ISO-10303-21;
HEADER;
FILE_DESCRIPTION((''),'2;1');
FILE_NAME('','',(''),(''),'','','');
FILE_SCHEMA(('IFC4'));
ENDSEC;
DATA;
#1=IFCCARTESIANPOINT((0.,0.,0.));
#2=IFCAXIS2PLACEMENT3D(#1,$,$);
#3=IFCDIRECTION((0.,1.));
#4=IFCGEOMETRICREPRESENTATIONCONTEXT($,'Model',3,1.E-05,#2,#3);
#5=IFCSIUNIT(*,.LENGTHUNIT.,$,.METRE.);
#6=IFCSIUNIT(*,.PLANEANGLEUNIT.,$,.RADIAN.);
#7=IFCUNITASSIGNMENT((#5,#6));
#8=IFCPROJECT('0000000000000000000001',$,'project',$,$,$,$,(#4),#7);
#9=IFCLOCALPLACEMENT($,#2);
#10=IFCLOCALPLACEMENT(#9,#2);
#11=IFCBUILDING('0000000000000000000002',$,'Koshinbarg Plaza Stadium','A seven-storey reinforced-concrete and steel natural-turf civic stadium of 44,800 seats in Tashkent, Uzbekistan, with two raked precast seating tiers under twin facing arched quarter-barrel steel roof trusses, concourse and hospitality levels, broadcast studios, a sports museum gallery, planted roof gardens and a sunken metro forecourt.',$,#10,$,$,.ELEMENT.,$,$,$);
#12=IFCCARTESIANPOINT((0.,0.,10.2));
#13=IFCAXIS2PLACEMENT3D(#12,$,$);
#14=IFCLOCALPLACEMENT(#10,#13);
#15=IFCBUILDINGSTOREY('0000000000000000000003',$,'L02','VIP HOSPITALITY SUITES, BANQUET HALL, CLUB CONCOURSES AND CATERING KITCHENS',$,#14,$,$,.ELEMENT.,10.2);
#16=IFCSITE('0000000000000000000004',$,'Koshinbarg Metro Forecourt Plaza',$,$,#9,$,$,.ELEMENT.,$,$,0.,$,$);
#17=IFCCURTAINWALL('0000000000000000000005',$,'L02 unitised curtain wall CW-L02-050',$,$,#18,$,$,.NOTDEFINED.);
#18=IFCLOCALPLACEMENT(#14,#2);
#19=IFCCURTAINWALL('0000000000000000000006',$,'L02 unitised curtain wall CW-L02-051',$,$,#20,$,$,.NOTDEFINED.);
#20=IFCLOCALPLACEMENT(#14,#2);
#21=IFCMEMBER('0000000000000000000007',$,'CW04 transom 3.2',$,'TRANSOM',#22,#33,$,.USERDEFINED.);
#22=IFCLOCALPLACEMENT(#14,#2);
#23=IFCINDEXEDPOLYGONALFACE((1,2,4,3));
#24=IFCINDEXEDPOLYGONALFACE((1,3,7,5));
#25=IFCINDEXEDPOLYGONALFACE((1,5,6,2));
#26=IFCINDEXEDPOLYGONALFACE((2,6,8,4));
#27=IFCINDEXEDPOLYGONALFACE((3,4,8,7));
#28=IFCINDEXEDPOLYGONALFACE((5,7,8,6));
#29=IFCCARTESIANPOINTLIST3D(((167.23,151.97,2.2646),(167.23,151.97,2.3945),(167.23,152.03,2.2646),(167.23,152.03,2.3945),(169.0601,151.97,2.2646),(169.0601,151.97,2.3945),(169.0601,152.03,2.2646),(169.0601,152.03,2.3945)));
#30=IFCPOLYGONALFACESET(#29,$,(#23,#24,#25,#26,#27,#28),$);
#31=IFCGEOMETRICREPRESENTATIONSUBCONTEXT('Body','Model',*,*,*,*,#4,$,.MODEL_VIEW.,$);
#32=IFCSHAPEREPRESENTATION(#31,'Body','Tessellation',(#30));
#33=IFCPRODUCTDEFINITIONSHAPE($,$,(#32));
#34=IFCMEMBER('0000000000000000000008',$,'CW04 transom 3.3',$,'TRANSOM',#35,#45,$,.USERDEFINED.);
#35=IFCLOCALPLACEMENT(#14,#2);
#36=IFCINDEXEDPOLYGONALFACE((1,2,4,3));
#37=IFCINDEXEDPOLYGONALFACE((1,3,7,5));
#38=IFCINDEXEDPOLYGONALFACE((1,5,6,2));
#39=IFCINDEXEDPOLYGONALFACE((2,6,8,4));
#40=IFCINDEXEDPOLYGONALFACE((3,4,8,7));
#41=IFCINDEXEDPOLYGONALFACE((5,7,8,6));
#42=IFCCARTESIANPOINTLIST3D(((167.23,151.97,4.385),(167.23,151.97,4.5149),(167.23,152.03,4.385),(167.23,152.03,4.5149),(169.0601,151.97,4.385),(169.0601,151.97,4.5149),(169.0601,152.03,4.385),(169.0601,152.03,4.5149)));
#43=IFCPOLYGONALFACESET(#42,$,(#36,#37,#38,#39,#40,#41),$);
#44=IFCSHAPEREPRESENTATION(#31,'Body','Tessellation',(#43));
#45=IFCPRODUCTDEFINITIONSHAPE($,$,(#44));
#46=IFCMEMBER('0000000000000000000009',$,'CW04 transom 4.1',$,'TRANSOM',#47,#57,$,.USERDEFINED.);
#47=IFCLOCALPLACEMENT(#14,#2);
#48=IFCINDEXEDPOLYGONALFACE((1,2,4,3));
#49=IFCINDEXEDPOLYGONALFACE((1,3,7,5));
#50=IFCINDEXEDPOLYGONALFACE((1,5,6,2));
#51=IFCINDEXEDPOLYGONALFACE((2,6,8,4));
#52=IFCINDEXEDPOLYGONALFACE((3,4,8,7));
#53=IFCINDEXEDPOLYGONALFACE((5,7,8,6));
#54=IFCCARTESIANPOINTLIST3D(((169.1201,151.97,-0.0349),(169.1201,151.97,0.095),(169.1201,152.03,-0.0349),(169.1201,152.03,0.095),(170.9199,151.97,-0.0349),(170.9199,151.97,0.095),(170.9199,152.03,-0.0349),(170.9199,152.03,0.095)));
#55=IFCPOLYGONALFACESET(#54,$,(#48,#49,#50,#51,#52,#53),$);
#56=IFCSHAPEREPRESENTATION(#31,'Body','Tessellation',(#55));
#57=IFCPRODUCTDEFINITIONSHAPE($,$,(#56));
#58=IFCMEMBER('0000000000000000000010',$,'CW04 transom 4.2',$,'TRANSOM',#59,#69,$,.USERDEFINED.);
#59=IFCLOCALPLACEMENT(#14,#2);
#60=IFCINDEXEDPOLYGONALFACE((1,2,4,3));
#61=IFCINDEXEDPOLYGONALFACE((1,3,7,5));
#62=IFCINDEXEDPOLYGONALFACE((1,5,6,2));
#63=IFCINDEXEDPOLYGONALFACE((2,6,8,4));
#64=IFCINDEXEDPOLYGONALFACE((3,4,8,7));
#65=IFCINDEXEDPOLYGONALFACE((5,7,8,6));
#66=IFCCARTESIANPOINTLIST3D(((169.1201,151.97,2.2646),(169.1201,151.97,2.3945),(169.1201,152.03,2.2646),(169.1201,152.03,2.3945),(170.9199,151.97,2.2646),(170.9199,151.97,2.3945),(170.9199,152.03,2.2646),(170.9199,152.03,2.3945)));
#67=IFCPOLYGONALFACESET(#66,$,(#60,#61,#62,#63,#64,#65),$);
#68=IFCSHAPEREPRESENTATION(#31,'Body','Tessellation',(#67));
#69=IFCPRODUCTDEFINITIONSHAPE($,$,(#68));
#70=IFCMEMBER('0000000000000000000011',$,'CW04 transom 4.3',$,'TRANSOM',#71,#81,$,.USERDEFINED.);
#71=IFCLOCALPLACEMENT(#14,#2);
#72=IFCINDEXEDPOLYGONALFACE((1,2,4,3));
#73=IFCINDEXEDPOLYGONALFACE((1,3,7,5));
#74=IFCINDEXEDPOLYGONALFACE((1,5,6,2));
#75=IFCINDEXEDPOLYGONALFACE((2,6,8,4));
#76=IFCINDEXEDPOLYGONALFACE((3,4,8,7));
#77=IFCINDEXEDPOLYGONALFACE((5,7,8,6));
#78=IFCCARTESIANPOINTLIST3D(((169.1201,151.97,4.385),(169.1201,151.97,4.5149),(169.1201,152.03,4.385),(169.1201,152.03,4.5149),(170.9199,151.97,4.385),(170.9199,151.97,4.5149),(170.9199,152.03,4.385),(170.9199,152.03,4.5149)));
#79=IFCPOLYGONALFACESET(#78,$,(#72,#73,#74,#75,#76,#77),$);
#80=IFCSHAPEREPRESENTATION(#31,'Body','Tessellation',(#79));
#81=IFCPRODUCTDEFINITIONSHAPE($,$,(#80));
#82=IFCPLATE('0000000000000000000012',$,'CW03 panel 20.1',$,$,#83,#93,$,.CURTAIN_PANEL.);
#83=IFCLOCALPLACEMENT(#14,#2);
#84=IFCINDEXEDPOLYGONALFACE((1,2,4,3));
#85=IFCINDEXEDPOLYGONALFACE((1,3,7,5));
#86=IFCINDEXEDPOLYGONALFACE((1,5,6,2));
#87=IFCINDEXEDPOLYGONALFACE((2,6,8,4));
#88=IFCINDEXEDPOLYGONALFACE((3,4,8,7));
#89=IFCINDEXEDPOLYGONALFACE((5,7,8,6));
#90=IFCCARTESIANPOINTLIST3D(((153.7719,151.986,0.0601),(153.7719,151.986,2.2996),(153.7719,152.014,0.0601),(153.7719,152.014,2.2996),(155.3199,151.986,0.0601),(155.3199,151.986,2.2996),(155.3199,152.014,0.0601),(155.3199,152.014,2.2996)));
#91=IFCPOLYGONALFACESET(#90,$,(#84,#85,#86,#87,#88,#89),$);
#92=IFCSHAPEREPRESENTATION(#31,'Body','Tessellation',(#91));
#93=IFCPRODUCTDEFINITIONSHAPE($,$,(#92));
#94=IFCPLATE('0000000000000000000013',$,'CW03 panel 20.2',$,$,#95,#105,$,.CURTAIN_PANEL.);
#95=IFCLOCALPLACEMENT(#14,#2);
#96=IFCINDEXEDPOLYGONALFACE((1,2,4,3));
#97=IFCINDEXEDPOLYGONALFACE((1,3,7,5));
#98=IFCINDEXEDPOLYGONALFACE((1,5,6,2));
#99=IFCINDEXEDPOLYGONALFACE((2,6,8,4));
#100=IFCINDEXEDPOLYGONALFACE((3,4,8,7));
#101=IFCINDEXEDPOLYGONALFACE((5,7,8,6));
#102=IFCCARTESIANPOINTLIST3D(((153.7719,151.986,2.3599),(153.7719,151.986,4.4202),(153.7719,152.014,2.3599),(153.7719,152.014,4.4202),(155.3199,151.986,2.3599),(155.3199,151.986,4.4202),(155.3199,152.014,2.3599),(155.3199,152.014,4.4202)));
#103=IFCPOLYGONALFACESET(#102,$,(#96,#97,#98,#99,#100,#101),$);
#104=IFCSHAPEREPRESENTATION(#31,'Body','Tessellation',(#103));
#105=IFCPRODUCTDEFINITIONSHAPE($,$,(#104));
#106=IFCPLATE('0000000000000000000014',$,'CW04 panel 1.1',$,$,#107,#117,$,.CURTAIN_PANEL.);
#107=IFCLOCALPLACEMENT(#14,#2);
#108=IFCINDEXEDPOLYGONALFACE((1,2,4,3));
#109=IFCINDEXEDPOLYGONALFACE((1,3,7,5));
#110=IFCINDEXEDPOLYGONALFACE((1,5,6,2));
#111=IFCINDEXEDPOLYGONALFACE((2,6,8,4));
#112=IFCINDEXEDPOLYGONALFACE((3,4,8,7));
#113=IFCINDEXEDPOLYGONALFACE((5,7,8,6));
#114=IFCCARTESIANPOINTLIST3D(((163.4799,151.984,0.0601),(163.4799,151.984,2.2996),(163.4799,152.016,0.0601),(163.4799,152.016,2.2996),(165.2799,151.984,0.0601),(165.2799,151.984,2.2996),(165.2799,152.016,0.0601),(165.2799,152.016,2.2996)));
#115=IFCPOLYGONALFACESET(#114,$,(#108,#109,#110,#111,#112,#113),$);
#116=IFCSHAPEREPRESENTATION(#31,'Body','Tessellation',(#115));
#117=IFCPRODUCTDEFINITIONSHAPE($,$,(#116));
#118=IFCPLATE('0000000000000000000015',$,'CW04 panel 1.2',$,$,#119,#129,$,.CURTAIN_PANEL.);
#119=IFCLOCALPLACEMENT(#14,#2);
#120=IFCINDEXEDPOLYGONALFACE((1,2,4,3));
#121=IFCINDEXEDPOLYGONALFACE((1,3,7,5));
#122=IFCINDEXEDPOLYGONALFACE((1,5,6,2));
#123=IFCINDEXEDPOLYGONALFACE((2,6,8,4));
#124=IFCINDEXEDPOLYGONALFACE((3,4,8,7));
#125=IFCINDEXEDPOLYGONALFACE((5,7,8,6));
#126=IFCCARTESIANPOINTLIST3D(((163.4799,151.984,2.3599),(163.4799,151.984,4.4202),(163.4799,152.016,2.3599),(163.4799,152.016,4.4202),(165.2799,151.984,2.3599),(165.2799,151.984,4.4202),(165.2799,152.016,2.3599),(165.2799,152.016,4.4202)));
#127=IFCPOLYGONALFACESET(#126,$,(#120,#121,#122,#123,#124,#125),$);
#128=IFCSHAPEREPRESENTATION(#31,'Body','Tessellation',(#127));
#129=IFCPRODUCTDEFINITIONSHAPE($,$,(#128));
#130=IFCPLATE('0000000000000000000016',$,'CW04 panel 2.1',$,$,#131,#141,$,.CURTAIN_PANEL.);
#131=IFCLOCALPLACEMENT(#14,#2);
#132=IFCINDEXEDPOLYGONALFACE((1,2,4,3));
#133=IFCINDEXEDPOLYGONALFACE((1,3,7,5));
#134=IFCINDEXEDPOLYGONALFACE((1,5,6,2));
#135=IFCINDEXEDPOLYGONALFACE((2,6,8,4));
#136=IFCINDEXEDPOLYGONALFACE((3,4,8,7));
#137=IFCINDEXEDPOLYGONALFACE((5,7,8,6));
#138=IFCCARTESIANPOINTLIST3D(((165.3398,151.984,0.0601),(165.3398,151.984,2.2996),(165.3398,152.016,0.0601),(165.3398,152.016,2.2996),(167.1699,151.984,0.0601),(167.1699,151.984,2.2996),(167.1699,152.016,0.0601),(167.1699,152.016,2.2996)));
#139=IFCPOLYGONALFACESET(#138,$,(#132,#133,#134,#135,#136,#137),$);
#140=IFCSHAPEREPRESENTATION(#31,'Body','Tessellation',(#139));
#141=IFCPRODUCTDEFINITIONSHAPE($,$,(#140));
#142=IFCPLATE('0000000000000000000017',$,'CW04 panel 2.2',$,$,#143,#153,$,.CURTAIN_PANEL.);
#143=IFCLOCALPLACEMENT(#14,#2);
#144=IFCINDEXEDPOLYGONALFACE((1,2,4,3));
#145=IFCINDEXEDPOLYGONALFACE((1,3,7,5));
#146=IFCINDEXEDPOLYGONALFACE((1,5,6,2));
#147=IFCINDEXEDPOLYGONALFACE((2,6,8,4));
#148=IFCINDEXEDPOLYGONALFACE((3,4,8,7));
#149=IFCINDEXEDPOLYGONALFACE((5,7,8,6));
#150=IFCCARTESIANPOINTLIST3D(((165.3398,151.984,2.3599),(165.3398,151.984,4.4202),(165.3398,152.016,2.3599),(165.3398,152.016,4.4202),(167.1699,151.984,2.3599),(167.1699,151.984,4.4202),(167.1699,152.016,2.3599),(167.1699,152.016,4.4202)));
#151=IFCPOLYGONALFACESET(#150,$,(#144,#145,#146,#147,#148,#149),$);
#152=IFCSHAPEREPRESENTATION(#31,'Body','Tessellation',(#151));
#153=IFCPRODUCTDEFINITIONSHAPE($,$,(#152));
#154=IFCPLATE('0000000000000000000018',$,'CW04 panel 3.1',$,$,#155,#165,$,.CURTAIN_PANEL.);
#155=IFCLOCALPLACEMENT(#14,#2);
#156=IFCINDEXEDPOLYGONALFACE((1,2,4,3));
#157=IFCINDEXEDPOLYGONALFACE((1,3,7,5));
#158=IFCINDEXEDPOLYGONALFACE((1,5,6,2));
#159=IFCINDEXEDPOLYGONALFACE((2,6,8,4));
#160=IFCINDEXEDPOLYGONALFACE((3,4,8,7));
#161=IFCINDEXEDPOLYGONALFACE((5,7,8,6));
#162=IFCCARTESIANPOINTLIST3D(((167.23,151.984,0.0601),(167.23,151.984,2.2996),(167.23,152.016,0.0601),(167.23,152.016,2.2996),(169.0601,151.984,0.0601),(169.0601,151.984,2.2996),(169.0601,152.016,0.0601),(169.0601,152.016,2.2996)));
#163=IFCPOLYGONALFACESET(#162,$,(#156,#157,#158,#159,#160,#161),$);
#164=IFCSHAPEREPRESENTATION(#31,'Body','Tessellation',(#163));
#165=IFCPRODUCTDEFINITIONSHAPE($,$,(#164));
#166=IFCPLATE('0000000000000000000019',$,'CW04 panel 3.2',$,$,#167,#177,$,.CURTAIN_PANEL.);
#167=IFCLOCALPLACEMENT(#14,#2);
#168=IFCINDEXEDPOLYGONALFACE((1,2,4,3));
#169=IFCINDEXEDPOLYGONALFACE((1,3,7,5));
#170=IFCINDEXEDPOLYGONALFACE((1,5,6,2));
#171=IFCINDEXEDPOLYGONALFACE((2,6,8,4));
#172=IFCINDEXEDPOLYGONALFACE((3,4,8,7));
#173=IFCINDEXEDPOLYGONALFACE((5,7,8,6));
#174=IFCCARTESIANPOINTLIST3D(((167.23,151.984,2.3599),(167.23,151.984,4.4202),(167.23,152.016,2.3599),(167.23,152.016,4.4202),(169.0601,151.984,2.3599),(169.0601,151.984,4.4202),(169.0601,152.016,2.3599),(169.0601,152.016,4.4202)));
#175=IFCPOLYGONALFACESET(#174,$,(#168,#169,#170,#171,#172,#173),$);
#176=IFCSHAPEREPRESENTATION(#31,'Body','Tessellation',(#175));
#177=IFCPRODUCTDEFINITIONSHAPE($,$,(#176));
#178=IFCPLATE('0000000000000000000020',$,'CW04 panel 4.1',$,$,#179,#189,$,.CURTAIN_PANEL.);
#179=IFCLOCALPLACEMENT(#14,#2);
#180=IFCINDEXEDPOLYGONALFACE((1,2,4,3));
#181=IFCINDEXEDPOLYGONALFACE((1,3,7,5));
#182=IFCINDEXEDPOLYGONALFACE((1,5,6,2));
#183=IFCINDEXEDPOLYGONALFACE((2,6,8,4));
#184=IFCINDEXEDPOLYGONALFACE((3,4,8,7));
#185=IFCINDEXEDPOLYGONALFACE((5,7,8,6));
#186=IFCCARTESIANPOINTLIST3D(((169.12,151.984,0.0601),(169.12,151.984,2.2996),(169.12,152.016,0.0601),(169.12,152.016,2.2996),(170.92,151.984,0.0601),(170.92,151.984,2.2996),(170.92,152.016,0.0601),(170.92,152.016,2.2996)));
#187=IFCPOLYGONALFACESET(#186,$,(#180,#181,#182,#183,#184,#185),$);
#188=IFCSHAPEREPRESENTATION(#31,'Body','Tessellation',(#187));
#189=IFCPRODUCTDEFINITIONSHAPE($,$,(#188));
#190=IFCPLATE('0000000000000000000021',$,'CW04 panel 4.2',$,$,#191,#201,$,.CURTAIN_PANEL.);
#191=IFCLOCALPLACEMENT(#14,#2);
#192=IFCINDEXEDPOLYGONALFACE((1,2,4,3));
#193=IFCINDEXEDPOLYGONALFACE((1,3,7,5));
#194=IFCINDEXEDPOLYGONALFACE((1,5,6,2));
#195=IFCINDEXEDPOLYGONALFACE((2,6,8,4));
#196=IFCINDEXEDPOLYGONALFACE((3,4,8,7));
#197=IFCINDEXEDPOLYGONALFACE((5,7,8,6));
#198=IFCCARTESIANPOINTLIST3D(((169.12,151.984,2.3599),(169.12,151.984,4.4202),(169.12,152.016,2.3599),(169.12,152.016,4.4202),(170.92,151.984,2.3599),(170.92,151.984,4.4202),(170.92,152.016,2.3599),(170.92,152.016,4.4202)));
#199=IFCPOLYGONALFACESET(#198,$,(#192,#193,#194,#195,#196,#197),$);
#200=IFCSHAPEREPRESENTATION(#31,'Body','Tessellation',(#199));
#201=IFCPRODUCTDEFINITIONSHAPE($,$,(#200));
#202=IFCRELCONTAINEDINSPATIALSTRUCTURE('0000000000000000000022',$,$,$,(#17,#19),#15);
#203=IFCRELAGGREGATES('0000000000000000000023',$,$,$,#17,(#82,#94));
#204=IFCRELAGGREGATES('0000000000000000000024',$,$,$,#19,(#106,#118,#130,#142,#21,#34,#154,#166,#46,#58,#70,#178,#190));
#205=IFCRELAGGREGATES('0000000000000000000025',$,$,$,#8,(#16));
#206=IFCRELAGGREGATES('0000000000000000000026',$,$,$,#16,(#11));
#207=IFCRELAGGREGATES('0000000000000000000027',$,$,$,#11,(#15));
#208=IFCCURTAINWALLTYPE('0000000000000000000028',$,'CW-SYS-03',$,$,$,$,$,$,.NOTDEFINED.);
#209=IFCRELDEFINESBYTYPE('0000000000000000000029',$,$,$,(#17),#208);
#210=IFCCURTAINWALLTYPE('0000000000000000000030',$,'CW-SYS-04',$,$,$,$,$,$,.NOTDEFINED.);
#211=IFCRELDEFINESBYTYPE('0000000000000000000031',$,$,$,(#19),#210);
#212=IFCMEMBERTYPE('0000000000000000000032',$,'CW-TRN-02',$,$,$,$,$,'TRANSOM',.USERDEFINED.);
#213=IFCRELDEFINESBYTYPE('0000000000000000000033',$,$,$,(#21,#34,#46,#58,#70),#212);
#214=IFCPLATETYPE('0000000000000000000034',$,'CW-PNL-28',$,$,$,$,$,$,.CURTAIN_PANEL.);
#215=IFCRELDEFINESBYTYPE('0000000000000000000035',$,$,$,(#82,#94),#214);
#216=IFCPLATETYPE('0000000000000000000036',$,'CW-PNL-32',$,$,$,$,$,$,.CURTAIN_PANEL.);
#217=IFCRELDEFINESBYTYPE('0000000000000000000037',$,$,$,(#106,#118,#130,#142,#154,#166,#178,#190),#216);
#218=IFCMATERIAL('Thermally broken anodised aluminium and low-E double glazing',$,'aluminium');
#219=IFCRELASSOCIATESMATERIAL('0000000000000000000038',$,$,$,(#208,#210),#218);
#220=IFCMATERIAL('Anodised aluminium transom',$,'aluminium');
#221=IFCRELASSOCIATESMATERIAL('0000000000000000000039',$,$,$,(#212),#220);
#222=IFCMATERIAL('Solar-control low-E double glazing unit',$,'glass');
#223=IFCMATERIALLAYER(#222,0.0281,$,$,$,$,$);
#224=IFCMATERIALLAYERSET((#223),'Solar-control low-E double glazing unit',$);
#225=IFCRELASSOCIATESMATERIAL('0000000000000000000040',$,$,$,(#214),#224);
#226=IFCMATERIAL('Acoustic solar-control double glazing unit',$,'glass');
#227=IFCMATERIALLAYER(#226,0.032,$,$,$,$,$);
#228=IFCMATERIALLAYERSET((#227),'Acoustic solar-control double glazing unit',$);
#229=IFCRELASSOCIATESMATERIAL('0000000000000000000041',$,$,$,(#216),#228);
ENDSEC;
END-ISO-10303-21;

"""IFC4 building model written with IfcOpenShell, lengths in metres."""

from ifc_helpers import new_model, si_unit, direction, frame, origin, origin_2d, place, context, subcontext, project, spatial, rectangle, extrude, material, layer, layer_set, material_profile, profile_set, type_object, element, aggregate, save


model = new_model("IFC4")

# Units and contexts
model_context = context("Model", 3, precision=1e-05, world=origin(), true_north=direction((0.0, 1.0)))
body_context = subcontext(model_context, "Body", "Model", "MODEL_VIEW")
ifc_project = project(units=[si_unit("LENGTHUNIT", "METRE"), si_unit("PLANEANGLEUNIT", "RADIAN")], contexts=[model_context])

# Site, building, storey
site_placement = place(None, origin())
site = spatial("IfcSite", under=ifc_project, at=site_placement, Name="Koshinbarg Metro Forecourt Plaza", CompositionType="ELEMENT", RefElevation=0.0)
building_placement = place(site_placement, origin())
building = spatial("IfcBuilding", under=site, at=building_placement, Name="Koshinbarg Plaza Stadium", Description="A seven-storey reinforced-concrete and steel natural-turf civic stadium of 44,800 seats in Tashkent, Uzbekistan, with two raked precast seating tiers under twin facing arched quarter-barrel steel roof trusses, concourse and hospitality levels, broadcast studios, a sports museum gallery, planted roof gardens and a sunken metro forecourt.", CompositionType="ELEMENT")
storey_placement = place(building_placement, frame((0.0, 0.0, 10.2)))
storey = spatial("IfcBuildingStorey", under=building, at=storey_placement, Name="L02", Description="VIP HOSPITALITY SUITES, BANQUET HALL, CLUB CONCOURSES AND CATERING KITCHENS", CompositionType="ELEMENT", Elevation=10.2)

# Curtain wall
ifc_material_1 = material(Name="Thermally broken anodised aluminium and low-E double glazing", Category="aluminium")
curtain_wall_type_1 = type_object("IfcCurtainWallType", Name="CW-SYS-03", PredefinedType="NOTDEFINED", material=ifc_material_1)
curtain_wall_1_placement = place(storey_placement, origin())
curtain_wall_1 = element("IfcCurtainWall", 1, at=curtain_wall_1_placement, inside=storey, type_object=curtain_wall_type_1, Name="L02 unitised curtain wall CW-L02-050", PredefinedType="NOTDEFINED")

# Curtain wall
curtain_wall_type_2 = type_object("IfcCurtainWallType", Name="CW-SYS-04", PredefinedType="NOTDEFINED", material=ifc_material_1)
curtain_wall_2_placement = place(storey_placement, origin())
curtain_wall_2 = element("IfcCurtainWall", 2, at=curtain_wall_2_placement, inside=storey, type_object=curtain_wall_type_2, Name="L02 unitised curtain wall CW-L02-051", PredefinedType="NOTDEFINED")

# Members
ifc_material_2 = material(Name="Anodised aluminium transom", Category="aluminium")
ifc_material_profile_1 = material_profile(ifc_material_2, rectangle(XDim=0.0601, YDim=0.1299, at=origin_2d()), Name="ALU 60x130")
ifc_profile_set_1 = profile_set([ifc_material_profile_1], Name="Anodised aluminium transom")
member_type_1 = type_object("IfcMemberType", Name="CW-TRN-02", ElementType="TRANSOM", PredefinedType="USERDEFINED", material=ifc_profile_set_1)
member_1_placement = place(storey_placement, frame((167.23, 152.0, 2.3296), z_axis=(1.0, 0.0, 0.0), x_axis=(0.0, 1.0, 0.0)))
member_1 = element("IfcMember", 3, at=member_1_placement, type_object=member_type_1, Name="CW04 transom 3.2", ObjectType="TRANSOM", PredefinedType="USERDEFINED", context=body_context, shape_type="SweptSolid", body=[
    extrude(rectangle(XDim=0.0601, YDim=0.1299, at=origin_2d()), origin(), (0.0, 0.0, 1.0), 1.8301),
])
member_2_placement = place(storey_placement, frame((167.23, 152.0, 4.45), z_axis=(1.0, 0.0, 0.0), x_axis=(0.0, 1.0, 0.0)))
member_2 = element("IfcMember", 4, at=member_2_placement, type_object=member_type_1, Name="CW04 transom 3.3", ObjectType="TRANSOM", PredefinedType="USERDEFINED", context=body_context, shape_type="SweptSolid", body=[
    extrude(rectangle(XDim=0.0601, YDim=0.1299, at=origin_2d()), origin(), (0.0, 0.0, 1.0), 1.8301),
])
member_3_placement = place(storey_placement, frame((169.1201, 152.0, 0.03), z_axis=(1.0, 0.0, 0.0), x_axis=(0.0, 1.0, 0.0)))
member_3 = element("IfcMember", 5, at=member_3_placement, type_object=member_type_1, Name="CW04 transom 4.1", ObjectType="TRANSOM", PredefinedType="USERDEFINED", context=body_context, shape_type="SweptSolid", body=[
    extrude(rectangle(XDim=0.0601, YDim=0.1299, at=origin_2d()), origin(), (0.0, 0.0, 1.0), 1.7998),
])
member_4_placement = place(storey_placement, frame((169.1201, 152.0, 2.3296), z_axis=(1.0, 0.0, 0.0), x_axis=(0.0, 1.0, 0.0)))
member_4 = element("IfcMember", 6, at=member_4_placement, type_object=member_type_1, Name="CW04 transom 4.2", ObjectType="TRANSOM", PredefinedType="USERDEFINED", context=body_context, shape_type="SweptSolid", body=[
    extrude(rectangle(XDim=0.0601, YDim=0.1299, at=origin_2d()), origin(), (0.0, 0.0, 1.0), 1.7998),
])
member_5_placement = place(storey_placement, frame((169.1201, 152.0, 4.45), z_axis=(1.0, 0.0, 0.0), x_axis=(0.0, 1.0, 0.0)))
member_5 = element("IfcMember", 7, at=member_5_placement, type_object=member_type_1, Name="CW04 transom 4.3", ObjectType="TRANSOM", PredefinedType="USERDEFINED", context=body_context, shape_type="SweptSolid", body=[
    extrude(rectangle(XDim=0.0601, YDim=0.1299, at=origin_2d()), origin(), (0.0, 0.0, 1.0), 1.7998),
])

# Plates
ifc_material_3 = material(Name="Solar-control low-E double glazing unit", Category="glass")
ifc_layer_1 = layer(ifc_material_3, 0.0281)
ifc_layer_set_1 = layer_set([ifc_layer_1], Name="Solar-control low-E double glazing unit")
plate_type_1 = type_object("IfcPlateType", Name="CW-PNL-28", PredefinedType="CURTAIN_PANEL", material=ifc_layer_set_1)
plate_1_placement = place(storey_placement, frame((154.5459, 152.0, 0.0601), z_axis=(0.0, 0.0, 1.0), x_axis=(1.0, 0.0, 0.0)))
plate_1 = element("IfcPlate", 8, at=plate_1_placement, type_object=plate_type_1, Name="CW03 panel 20.1", PredefinedType="CURTAIN_PANEL", context=body_context, shape_type="SweptSolid", body=[
    extrude(rectangle(XDim=1.5481, YDim=0.0281, at=origin_2d()), origin(), (0.0, 0.0, 1.0), 2.2395),
])
plate_2_placement = place(storey_placement, frame((154.5459, 152.0, 2.3599), z_axis=(0.0, 0.0, 1.0), x_axis=(1.0, 0.0, 0.0)))
plate_2 = element("IfcPlate", 9, at=plate_2_placement, type_object=plate_type_1, Name="CW03 panel 20.2", PredefinedType="CURTAIN_PANEL", context=body_context, shape_type="SweptSolid", body=[
    extrude(rectangle(XDim=1.5481, YDim=0.0281, at=origin_2d()), origin(), (0.0, 0.0, 1.0), 2.0603),
])
aggregate(curtain_wall_1, [plate_1, plate_2])
ifc_material_4 = material(Name="Acoustic solar-control double glazing unit", Category="glass")
ifc_layer_2 = layer(ifc_material_4, 0.032)
ifc_layer_set_2 = layer_set([ifc_layer_2], Name="Acoustic solar-control double glazing unit")
plate_type_2 = type_object("IfcPlateType", Name="CW-PNL-32", PredefinedType="CURTAIN_PANEL", material=ifc_layer_set_2)
plate_3_placement = place(storey_placement, frame((164.3799, 152.0, 0.0601), z_axis=(0.0, 0.0, 1.0), x_axis=(1.0, 0.0, 0.0)))
plate_3 = element("IfcPlate", 10, at=plate_3_placement, type_object=plate_type_2, Name="CW04 panel 1.1", PredefinedType="CURTAIN_PANEL", context=body_context, shape_type="SweptSolid", body=[
    extrude(rectangle(XDim=1.8, YDim=0.032, at=origin_2d()), origin(), (0.0, 0.0, 1.0), 2.2395),
])
plate_4_placement = place(storey_placement, frame((164.3799, 152.0, 2.3599), z_axis=(0.0, 0.0, 1.0), x_axis=(1.0, 0.0, 0.0)))
plate_4 = element("IfcPlate", 11, at=plate_4_placement, type_object=plate_type_2, Name="CW04 panel 1.2", PredefinedType="CURTAIN_PANEL", context=body_context, shape_type="SweptSolid", body=[
    extrude(rectangle(XDim=1.8, YDim=0.032, at=origin_2d()), origin(), (0.0, 0.0, 1.0), 2.0603),
])
plate_5_placement = place(storey_placement, frame((166.2549, 152.0, 0.0601), z_axis=(0.0, 0.0, 1.0), x_axis=(1.0, 0.0, 0.0)))
plate_5 = element("IfcPlate", 12, at=plate_5_placement, type_object=plate_type_2, Name="CW04 panel 2.1", PredefinedType="CURTAIN_PANEL", context=body_context, shape_type="SweptSolid", body=[
    extrude(rectangle(XDim=1.8301, YDim=0.032, at=origin_2d()), origin(), (0.0, 0.0, 1.0), 2.2395),
])
plate_6_placement = place(storey_placement, frame((166.2549, 152.0, 2.3599), z_axis=(0.0, 0.0, 1.0), x_axis=(1.0, 0.0, 0.0)))
plate_6 = element("IfcPlate", 13, at=plate_6_placement, type_object=plate_type_2, Name="CW04 panel 2.2", PredefinedType="CURTAIN_PANEL", context=body_context, shape_type="SweptSolid", body=[
    extrude(rectangle(XDim=1.8301, YDim=0.032, at=origin_2d()), origin(), (0.0, 0.0, 1.0), 2.0603),
])
plate_7_placement = place(storey_placement, frame((168.145, 152.0, 0.0601), z_axis=(0.0, 0.0, 1.0), x_axis=(1.0, 0.0, 0.0)))
plate_7 = element("IfcPlate", 14, at=plate_7_placement, type_object=plate_type_2, Name="CW04 panel 3.1", PredefinedType="CURTAIN_PANEL", context=body_context, shape_type="SweptSolid", body=[
    extrude(rectangle(XDim=1.8301, YDim=0.032, at=origin_2d()), origin(), (0.0, 0.0, 1.0), 2.2395),
])
plate_8_placement = place(storey_placement, frame((168.145, 152.0, 2.3599), z_axis=(0.0, 0.0, 1.0), x_axis=(1.0, 0.0, 0.0)))
plate_8 = element("IfcPlate", 15, at=plate_8_placement, type_object=plate_type_2, Name="CW04 panel 3.2", PredefinedType="CURTAIN_PANEL", context=body_context, shape_type="SweptSolid", body=[
    extrude(rectangle(XDim=1.8301, YDim=0.032, at=origin_2d()), origin(), (0.0, 0.0, 1.0), 2.0603),
])
plate_9_placement = place(storey_placement, frame((170.02, 152.0, 0.0601), z_axis=(0.0, 0.0, 1.0), x_axis=(1.0, 0.0, 0.0)))
plate_9 = element("IfcPlate", 16, at=plate_9_placement, type_object=plate_type_2, Name="CW04 panel 4.1", PredefinedType="CURTAIN_PANEL", context=body_context, shape_type="SweptSolid", body=[
    extrude(rectangle(XDim=1.8, YDim=0.032, at=origin_2d()), origin(), (0.0, 0.0, 1.0), 2.2395),
])
plate_10_placement = place(storey_placement, frame((170.02, 152.0, 2.3599), z_axis=(0.0, 0.0, 1.0), x_axis=(1.0, 0.0, 0.0)))
plate_10 = element("IfcPlate", 17, at=plate_10_placement, type_object=plate_type_2, Name="CW04 panel 4.2", PredefinedType="CURTAIN_PANEL", context=body_context, shape_type="SweptSolid", body=[
    extrude(rectangle(XDim=1.8, YDim=0.032, at=origin_2d()), origin(), (0.0, 0.0, 1.0), 2.0603),
])
aggregate(curtain_wall_2, [plate_3, plate_4, plate_5, plate_6, member_1, member_2, plate_7, plate_8, member_3, member_4, member_5, plate_9, plate_10])

save(model, "model.ifc")
